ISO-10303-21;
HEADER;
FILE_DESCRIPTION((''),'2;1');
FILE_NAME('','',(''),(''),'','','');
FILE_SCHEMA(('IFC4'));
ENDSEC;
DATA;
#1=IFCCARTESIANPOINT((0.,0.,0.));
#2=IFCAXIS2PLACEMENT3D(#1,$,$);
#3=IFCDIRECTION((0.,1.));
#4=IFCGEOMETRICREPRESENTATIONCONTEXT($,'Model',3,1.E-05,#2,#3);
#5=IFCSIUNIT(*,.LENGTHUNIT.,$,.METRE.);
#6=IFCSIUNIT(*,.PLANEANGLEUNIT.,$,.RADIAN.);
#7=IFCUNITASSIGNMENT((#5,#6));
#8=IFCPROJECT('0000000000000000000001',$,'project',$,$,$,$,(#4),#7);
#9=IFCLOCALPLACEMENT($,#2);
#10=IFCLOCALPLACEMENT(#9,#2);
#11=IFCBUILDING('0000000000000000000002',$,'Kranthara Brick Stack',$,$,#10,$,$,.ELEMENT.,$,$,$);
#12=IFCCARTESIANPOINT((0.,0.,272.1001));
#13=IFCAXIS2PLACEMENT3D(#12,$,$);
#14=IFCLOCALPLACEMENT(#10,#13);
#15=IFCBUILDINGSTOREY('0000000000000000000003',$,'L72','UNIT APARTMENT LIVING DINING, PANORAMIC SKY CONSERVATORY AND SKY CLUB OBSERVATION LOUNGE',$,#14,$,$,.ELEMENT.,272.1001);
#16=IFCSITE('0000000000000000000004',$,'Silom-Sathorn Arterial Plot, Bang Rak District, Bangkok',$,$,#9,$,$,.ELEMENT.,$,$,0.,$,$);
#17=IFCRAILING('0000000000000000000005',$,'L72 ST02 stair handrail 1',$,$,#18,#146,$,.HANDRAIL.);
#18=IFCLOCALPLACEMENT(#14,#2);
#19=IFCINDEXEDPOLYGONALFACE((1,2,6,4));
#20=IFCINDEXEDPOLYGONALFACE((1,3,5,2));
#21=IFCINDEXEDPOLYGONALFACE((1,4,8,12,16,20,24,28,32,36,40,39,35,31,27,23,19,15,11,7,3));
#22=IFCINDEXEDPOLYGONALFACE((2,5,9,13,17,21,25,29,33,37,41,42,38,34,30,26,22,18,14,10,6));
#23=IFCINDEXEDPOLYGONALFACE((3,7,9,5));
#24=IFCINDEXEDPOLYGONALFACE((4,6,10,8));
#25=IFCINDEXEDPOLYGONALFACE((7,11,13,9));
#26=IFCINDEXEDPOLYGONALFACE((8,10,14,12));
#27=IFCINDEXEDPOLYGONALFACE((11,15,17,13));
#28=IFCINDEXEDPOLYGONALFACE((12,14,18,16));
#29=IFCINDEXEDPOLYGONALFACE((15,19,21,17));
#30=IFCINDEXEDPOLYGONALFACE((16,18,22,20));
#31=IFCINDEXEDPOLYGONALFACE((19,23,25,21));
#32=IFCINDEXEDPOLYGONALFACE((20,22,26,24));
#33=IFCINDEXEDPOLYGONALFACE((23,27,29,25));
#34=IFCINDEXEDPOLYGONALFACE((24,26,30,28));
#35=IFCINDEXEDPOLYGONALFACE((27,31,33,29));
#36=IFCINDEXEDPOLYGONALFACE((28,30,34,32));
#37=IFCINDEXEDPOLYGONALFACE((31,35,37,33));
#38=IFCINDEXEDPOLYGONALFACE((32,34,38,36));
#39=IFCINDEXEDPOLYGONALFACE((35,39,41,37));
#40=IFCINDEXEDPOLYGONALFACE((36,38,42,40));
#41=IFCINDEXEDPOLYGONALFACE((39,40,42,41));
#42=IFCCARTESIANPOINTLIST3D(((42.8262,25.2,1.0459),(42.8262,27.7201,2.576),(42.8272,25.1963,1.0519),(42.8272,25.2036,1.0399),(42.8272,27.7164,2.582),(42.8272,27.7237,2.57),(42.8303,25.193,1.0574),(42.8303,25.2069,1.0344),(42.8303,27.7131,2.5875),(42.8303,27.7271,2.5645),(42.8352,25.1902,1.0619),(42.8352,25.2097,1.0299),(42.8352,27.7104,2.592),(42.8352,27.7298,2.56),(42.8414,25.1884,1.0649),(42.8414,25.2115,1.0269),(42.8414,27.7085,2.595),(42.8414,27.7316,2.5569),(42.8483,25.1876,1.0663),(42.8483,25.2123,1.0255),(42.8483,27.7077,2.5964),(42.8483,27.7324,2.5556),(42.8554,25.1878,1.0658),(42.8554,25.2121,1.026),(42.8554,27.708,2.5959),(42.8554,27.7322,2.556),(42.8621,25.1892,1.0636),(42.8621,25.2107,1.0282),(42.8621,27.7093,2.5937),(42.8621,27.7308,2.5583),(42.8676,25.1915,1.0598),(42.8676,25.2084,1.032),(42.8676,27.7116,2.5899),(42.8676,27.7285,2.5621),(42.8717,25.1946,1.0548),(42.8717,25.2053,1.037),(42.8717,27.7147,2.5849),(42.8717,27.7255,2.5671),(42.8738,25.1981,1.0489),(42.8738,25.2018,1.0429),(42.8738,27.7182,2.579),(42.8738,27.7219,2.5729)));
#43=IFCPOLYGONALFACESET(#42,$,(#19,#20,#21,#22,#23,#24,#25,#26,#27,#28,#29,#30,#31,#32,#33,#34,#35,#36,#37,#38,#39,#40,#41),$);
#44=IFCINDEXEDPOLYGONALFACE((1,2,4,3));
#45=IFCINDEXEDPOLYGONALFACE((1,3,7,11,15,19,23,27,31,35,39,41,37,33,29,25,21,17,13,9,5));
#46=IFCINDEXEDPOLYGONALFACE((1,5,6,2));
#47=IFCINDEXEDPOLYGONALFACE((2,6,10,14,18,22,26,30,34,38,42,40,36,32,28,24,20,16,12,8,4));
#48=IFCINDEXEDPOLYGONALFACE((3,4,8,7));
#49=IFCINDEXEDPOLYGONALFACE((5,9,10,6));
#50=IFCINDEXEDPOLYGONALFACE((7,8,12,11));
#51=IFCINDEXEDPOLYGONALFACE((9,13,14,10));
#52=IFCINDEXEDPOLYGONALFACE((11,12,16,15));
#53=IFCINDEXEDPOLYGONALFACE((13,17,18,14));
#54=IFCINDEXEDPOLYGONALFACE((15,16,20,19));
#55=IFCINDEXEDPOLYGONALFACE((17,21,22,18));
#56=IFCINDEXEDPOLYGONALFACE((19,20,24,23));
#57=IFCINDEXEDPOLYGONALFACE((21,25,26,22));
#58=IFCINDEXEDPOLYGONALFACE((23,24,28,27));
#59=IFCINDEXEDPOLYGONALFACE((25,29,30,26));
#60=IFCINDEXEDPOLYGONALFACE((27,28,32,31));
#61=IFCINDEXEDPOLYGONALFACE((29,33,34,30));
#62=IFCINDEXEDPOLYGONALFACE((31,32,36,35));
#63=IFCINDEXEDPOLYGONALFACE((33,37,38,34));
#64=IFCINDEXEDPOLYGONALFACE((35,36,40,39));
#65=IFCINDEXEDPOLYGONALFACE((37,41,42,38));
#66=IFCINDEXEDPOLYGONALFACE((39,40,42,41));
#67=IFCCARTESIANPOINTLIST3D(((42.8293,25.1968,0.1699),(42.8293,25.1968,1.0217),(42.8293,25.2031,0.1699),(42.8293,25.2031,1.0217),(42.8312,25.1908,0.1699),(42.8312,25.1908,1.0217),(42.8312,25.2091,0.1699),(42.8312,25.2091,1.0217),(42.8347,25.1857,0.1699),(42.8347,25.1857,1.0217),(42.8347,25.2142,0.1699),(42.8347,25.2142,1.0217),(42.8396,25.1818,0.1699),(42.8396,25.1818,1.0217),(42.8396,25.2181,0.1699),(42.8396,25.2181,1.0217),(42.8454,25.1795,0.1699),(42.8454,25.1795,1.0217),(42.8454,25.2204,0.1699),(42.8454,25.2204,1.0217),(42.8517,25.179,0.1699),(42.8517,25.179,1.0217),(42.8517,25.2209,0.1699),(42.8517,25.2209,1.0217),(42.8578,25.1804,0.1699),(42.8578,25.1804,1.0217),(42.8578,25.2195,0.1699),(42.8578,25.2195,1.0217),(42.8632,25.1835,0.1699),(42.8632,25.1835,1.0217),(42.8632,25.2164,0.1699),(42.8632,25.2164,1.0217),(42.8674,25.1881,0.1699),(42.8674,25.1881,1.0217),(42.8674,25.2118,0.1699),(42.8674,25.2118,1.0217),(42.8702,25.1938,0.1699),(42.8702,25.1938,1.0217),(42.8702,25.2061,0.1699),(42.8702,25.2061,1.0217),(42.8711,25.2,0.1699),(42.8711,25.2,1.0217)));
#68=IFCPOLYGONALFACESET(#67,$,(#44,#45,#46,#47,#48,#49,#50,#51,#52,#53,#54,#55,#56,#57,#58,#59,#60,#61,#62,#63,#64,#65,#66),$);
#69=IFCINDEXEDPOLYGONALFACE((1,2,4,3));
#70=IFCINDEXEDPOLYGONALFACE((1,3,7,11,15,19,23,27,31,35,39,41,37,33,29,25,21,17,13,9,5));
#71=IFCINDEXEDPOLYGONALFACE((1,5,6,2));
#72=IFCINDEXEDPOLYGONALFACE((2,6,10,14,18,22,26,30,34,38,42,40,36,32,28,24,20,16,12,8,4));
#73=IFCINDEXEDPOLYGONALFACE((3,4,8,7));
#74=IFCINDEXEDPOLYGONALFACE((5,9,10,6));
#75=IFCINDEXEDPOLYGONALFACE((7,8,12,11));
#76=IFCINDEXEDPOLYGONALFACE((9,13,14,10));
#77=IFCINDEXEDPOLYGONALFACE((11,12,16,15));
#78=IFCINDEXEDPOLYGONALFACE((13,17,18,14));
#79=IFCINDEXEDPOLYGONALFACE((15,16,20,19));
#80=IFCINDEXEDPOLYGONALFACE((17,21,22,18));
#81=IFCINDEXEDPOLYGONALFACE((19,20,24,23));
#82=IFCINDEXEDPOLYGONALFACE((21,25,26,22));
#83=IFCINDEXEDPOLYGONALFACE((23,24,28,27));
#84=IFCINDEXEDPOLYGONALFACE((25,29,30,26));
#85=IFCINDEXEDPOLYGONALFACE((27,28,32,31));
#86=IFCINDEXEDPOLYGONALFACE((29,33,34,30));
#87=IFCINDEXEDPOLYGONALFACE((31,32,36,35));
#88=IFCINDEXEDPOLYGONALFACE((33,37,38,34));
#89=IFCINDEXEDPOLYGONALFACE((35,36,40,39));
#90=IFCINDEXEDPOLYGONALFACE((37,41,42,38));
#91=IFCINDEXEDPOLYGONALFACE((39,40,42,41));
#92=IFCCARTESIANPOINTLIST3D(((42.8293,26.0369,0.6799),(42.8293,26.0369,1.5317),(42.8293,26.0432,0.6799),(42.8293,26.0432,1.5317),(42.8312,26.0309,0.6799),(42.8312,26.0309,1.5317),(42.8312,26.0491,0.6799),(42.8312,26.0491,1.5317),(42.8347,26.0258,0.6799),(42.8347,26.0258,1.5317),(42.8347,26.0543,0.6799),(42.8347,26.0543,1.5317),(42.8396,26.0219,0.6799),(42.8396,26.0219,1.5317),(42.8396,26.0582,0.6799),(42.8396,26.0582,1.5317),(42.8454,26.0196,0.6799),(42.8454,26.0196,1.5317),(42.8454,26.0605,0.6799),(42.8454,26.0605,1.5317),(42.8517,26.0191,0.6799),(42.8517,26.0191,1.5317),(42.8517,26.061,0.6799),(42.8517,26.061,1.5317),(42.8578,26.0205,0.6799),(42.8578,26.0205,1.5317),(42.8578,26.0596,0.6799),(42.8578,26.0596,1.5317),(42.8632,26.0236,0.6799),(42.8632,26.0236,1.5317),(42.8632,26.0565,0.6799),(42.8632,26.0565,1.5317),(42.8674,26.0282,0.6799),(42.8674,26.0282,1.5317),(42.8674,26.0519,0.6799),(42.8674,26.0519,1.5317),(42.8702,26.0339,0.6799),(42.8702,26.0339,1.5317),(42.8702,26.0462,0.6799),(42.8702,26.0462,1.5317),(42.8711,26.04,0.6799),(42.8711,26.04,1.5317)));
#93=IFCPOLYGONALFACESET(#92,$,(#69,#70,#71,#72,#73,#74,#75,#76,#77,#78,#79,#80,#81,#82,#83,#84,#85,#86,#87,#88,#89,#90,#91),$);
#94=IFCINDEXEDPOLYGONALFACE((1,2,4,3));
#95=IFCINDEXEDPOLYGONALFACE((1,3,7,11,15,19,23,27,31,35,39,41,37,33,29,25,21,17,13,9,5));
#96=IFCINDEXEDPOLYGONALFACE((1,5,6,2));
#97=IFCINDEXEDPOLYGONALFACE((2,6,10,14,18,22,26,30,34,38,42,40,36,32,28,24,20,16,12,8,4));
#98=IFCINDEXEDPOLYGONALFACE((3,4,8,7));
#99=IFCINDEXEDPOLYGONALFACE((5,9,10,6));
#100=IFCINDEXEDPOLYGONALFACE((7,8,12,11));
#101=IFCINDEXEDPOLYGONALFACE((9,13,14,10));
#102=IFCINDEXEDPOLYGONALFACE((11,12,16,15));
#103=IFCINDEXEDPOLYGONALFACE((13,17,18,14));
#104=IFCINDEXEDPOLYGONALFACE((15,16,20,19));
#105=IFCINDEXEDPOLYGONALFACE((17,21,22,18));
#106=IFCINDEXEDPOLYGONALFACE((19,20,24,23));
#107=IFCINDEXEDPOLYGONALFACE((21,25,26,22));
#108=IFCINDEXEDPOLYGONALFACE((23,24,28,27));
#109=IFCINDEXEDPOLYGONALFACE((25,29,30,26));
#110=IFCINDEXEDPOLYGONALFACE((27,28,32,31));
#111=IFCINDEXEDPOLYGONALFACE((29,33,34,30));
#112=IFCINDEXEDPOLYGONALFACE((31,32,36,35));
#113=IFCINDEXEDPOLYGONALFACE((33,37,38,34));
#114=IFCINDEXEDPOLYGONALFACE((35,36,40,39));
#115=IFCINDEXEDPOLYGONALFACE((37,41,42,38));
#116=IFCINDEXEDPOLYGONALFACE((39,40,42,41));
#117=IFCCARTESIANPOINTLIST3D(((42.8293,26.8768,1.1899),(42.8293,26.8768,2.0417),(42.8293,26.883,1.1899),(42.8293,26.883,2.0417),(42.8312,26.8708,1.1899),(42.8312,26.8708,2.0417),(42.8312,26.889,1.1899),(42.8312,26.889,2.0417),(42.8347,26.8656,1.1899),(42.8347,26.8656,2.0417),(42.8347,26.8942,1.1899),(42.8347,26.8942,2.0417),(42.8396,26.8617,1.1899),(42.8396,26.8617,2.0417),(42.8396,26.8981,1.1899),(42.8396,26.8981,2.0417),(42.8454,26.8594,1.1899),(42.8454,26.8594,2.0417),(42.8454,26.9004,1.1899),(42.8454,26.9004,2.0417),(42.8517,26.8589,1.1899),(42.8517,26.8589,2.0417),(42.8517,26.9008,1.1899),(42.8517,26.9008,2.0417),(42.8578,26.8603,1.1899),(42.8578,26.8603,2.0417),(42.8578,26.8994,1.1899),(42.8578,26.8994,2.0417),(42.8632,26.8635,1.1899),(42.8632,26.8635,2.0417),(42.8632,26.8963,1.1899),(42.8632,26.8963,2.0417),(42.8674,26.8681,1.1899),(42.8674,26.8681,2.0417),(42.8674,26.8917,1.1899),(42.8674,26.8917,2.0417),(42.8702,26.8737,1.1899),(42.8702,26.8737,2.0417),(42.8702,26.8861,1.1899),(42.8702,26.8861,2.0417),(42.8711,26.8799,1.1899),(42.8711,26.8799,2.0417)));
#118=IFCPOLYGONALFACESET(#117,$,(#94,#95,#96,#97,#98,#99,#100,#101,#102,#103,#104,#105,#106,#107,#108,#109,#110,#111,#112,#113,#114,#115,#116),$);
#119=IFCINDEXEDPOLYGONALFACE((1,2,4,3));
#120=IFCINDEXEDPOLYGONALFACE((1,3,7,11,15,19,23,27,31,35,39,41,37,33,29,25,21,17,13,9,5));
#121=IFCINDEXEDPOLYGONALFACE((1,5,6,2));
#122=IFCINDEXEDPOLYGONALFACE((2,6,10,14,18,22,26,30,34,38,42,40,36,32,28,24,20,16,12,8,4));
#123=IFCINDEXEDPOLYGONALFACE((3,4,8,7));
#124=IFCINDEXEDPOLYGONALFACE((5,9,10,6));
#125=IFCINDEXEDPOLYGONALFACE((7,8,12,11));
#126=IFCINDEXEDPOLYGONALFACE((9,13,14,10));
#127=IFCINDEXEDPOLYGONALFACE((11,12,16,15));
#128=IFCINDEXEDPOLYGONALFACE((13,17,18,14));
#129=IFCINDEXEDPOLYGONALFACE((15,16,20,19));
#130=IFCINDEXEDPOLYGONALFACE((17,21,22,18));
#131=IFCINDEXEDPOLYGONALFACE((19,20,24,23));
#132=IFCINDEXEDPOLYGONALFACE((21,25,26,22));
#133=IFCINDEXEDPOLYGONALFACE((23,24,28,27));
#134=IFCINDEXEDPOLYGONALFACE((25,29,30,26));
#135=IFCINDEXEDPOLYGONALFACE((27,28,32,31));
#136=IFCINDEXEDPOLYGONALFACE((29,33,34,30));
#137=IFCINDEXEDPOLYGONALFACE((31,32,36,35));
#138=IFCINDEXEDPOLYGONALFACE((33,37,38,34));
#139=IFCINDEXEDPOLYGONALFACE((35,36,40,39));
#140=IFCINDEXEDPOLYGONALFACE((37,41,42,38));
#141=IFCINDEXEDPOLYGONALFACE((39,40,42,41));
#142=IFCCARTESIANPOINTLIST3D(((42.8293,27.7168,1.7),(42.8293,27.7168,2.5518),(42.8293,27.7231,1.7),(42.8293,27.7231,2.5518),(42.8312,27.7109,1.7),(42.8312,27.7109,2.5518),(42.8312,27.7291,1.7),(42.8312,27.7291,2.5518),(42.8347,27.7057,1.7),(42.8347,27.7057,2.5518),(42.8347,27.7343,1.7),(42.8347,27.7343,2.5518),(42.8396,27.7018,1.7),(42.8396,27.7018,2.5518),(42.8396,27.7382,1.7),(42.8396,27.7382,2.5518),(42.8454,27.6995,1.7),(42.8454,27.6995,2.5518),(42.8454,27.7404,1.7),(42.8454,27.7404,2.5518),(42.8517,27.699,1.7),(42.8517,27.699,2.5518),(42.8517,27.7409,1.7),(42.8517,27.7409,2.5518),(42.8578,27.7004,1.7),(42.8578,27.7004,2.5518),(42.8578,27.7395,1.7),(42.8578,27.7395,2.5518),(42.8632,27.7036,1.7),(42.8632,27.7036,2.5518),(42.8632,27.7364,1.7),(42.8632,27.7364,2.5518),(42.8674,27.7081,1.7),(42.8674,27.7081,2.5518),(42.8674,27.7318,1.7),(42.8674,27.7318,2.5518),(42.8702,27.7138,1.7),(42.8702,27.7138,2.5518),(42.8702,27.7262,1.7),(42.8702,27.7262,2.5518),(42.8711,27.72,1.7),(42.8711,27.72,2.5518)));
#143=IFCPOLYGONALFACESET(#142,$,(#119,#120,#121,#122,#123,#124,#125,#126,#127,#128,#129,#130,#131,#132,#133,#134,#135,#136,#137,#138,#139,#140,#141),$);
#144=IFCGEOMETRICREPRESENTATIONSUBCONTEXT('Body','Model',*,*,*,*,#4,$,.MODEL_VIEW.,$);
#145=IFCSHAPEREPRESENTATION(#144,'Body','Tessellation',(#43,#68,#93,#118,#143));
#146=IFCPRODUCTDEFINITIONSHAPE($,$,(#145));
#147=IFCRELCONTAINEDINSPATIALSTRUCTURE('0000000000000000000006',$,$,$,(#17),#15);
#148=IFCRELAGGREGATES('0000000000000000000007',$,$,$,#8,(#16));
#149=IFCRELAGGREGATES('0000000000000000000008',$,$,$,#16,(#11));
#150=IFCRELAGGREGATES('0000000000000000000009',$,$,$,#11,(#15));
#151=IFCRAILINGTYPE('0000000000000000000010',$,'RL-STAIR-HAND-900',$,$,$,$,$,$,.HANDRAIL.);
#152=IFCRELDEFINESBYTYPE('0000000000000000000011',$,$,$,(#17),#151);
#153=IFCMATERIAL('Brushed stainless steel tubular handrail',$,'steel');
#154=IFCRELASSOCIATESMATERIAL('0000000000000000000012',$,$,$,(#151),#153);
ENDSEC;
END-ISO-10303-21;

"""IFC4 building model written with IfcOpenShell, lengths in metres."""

from ifc_helpers import new_model, si_unit, direction, frame, origin, origin_2d, place, context, subcontext, project, spatial, circle, extrude, material, type_object, element, save


model = new_model("IFC4")

# Units and contexts
model_context = context("Model", 3, precision=1e-05, world=origin(), true_north=direction((0.0, 1.0)))
body_context = subcontext(model_context, "Body", "Model", "MODEL_VIEW")
ifc_project = project(units=[si_unit("LENGTHUNIT", "METRE"), si_unit("PLANEANGLEUNIT", "RADIAN")], contexts=[model_context])

# Site, building, storey
site_placement = place(None, origin())
site = spatial("IfcSite", under=ifc_project, at=site_placement, Name="Silom-Sathorn Arterial Plot, Bang Rak District, Bangkok", CompositionType="ELEMENT", RefElevation=0.0)
building_placement = place(site_placement, origin())
building = spatial("IfcBuilding", under=site, at=building_placement, Name="Kranthara Brick Stack", CompositionType="ELEMENT")
storey_placement = place(building_placement, frame((0.0, 0.0, 272.1001)))
storey = spatial("IfcBuildingStorey", under=building, at=storey_placement, Name="L72", Description="UNIT APARTMENT LIVING DINING, PANORAMIC SKY CONSERVATORY AND SKY CLUB OBSERVATION LOUNGE", CompositionType="ELEMENT", Elevation=272.1001)

# Railing
ifc_material_1 = material(Name="Brushed stainless steel tubular handrail", Category="steel")
railing_type_1 = type_object("IfcRailingType", Name="RL-STAIR-HAND-900", PredefinedType="HANDRAIL", material=ifc_material_1)
railing_1_placement = place(storey_placement, frame((42.8501, 25.2, 0.1699)))
element("IfcRailing", 1, at=railing_1_placement, inside=storey, type_object=railing_type_1, Name="L72 ST02 stair handrail 1", PredefinedType="HANDRAIL", context=body_context, shape_type="SweptSolid", body=[
    extrude(circle(Radius=0.0239, at=origin_2d()), frame((0.0, 0.0, 0.876), z_axis=(0.0, 0.854785, 0.518982), x_axis=(-1.0, 0.0, 0.0)), (0.0, 0.0, 1.0), 2.9482),
    extrude(circle(Radius=0.021, at=origin_2d()), origin(), (0.0, 0.0, 1.0), 0.8518),
    extrude(circle(Radius=0.021, at=origin_2d()), frame((0.0, 0.8401, 0.51)), (0.0, 0.0, 1.0), 0.8518),
    extrude(circle(Radius=0.021, at=origin_2d()), frame((0.0, 1.6799, 1.02)), (0.0, 0.0, 1.0), 0.8518),
    extrude(circle(Radius=0.021, at=origin_2d()), frame((0.0, 2.52, 1.53)), (0.0, 0.0, 1.0), 0.8518),
])

save(model, "model.ifc")
